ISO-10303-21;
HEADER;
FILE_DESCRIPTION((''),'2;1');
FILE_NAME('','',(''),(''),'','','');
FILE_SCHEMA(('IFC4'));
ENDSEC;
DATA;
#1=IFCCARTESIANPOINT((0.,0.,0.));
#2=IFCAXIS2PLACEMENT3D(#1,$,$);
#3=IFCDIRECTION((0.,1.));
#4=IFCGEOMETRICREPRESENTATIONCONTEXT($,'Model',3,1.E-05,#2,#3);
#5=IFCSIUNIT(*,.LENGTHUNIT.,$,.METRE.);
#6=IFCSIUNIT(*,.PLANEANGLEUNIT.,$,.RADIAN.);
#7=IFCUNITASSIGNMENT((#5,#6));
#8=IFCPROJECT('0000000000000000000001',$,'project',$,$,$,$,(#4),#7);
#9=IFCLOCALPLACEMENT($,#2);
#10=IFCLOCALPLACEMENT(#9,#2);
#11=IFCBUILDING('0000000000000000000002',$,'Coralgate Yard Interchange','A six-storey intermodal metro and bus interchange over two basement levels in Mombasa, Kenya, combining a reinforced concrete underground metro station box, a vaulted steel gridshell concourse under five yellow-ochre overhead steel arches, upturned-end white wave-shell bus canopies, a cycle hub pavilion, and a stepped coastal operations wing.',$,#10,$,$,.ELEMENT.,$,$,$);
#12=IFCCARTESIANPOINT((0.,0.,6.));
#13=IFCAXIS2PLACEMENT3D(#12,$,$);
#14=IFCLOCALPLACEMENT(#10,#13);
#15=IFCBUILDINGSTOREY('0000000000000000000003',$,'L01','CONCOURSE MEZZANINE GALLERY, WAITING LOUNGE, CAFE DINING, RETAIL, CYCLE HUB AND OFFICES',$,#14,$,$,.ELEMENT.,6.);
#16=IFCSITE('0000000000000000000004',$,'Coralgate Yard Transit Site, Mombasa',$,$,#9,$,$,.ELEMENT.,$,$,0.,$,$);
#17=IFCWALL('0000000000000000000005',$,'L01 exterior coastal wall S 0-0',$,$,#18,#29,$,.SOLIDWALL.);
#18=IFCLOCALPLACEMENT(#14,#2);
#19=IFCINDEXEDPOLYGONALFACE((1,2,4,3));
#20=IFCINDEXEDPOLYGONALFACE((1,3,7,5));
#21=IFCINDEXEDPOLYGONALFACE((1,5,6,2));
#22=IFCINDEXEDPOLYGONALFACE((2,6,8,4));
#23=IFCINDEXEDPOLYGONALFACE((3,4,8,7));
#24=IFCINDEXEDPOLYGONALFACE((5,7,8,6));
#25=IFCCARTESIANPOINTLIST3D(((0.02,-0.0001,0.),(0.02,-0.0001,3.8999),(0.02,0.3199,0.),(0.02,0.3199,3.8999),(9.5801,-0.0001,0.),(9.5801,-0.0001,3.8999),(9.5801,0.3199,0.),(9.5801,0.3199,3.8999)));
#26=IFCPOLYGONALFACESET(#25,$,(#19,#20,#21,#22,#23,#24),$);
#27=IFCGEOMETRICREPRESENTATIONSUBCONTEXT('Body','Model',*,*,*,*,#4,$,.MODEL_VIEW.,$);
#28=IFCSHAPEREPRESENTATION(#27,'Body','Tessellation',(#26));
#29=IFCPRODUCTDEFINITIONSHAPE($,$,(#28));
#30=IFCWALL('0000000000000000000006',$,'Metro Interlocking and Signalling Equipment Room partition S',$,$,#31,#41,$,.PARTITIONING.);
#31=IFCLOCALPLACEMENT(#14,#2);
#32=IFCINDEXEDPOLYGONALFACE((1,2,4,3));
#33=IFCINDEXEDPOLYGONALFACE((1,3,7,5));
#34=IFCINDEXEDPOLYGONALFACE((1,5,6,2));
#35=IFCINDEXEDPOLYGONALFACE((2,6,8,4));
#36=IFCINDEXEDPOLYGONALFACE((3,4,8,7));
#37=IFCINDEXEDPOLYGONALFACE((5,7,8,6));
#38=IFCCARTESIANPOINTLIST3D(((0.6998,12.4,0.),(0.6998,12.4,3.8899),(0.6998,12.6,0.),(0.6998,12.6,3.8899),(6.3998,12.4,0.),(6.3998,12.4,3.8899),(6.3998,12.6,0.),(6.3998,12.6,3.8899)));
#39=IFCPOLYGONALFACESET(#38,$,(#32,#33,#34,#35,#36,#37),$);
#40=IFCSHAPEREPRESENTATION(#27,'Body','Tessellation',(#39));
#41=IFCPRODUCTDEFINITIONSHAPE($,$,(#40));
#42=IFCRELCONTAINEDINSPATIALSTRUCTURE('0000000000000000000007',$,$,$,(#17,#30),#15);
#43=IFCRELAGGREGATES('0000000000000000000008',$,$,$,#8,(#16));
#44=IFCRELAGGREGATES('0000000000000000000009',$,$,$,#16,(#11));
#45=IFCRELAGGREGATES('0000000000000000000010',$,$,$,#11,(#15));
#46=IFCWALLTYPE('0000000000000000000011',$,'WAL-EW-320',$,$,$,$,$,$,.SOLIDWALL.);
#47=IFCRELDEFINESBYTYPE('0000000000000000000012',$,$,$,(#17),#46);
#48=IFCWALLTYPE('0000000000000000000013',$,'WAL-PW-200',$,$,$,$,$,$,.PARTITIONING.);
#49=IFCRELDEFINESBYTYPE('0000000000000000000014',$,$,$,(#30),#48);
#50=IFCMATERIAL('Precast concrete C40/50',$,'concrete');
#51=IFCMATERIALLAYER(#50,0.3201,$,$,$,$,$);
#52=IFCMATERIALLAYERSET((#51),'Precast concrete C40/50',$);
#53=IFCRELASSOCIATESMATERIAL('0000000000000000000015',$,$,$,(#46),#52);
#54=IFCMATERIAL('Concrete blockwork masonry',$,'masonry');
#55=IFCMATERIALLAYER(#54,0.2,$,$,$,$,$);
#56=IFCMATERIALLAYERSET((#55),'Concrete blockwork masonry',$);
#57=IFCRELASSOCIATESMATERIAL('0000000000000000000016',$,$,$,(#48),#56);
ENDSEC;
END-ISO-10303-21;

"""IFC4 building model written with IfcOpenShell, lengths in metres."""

from ifc_helpers import new_model, si_unit, direction, frame, frame_2d, origin, place, context, subcontext, project, spatial, rectangle, extrude, material, layer, layer_set, type_object, element, save


model = new_model("IFC4")

# Units and contexts
model_context = context("Model", 3, precision=1e-05, world=origin(), true_north=direction((0.0, 1.0)))
body_context = subcontext(model_context, "Body", "Model", "MODEL_VIEW")
ifc_project = project(units=[si_unit("LENGTHUNIT", "METRE"), si_unit("PLANEANGLEUNIT", "RADIAN")], contexts=[model_context])

# Site, building, storey
site_placement = place(None, origin())
site = spatial("IfcSite", under=ifc_project, at=site_placement, Name="Coralgate Yard Transit Site, Mombasa", CompositionType="ELEMENT", RefElevation=0.0)
building_placement = place(site_placement, origin())
building = spatial("IfcBuilding", under=site, at=building_placement, Name="Coralgate Yard Interchange", Description="A six-storey intermodal metro and bus interchange over two basement levels in Mombasa, Kenya, combining a reinforced concrete underground metro station box, a vaulted steel gridshell concourse under five yellow-ochre overhead steel arches, upturned-end white wave-shell bus canopies, a cycle hub pavilion, and a stepped coastal operations wing.", CompositionType="ELEMENT")
storey_placement = place(building_placement, frame((0.0, 0.0, 6.0)))
storey = spatial("IfcBuildingStorey", under=building, at=storey_placement, Name="L01", Description="CONCOURSE MEZZANINE GALLERY, WAITING LOUNGE, CAFE DINING, RETAIL, CYCLE HUB AND OFFICES", CompositionType="ELEMENT", Elevation=6.0)

# Walls
ifc_material_1 = material(Name="Precast concrete C40/50", Category="concrete")
ifc_layer_1 = layer(ifc_material_1, 0.3201)
ifc_layer_set_1 = layer_set([ifc_layer_1], Name="Precast concrete C40/50")
wall_type_1 = type_object("IfcWallType", Name="WAL-EW-320", PredefinedType="SOLIDWALL", material=ifc_layer_set_1)
wall_1_placement = place(storey_placement, frame((9.5801, 0.1599, 0.0), z_axis=(0.0, 0.0, 1.0), x_axis=(-1.0, 0.0, 0.0)))
element("IfcWall", 1, at=wall_1_placement, inside=storey, type_object=wall_type_1, Name="L01 exterior coastal wall S 0-0", PredefinedType="SOLIDWALL", context=body_context, shape_type="SweptSolid", body=[
    extrude(rectangle(XDim=9.5601, YDim=0.3201, at=frame_2d((4.78, 0.0))), origin(), (0.0, 0.0, 1.0), 3.8999),
])
ifc_material_2 = material(Name="Concrete blockwork masonry", Category="masonry")
ifc_layer_2 = layer(ifc_material_2, 0.2)
ifc_layer_set_2 = layer_set([ifc_layer_2], Name="Concrete blockwork masonry")
wall_type_2 = type_object("IfcWallType", Name="WAL-PW-200", PredefinedType="PARTITIONING", material=ifc_layer_set_2)
wall_2_placement = place(storey_placement, frame((6.3999, 12.5, 0.0), z_axis=(0.0, 0.0, 1.0), x_axis=(-1.0, 0.0, 0.0)))
element("IfcWall", 2, at=wall_2_placement, inside=storey, type_object=wall_type_2, Name="Metro Interlocking and Signalling Equipment Room partition S", PredefinedType="PARTITIONING", context=body_context, shape_type="SweptSolid", body=[
    extrude(rectangle(XDim=5.7, YDim=0.2, at=frame_2d((2.8501, 0.0))), origin(), (0.0, 0.0, 1.0), 3.8899),
])

save(model, "model.ifc")
